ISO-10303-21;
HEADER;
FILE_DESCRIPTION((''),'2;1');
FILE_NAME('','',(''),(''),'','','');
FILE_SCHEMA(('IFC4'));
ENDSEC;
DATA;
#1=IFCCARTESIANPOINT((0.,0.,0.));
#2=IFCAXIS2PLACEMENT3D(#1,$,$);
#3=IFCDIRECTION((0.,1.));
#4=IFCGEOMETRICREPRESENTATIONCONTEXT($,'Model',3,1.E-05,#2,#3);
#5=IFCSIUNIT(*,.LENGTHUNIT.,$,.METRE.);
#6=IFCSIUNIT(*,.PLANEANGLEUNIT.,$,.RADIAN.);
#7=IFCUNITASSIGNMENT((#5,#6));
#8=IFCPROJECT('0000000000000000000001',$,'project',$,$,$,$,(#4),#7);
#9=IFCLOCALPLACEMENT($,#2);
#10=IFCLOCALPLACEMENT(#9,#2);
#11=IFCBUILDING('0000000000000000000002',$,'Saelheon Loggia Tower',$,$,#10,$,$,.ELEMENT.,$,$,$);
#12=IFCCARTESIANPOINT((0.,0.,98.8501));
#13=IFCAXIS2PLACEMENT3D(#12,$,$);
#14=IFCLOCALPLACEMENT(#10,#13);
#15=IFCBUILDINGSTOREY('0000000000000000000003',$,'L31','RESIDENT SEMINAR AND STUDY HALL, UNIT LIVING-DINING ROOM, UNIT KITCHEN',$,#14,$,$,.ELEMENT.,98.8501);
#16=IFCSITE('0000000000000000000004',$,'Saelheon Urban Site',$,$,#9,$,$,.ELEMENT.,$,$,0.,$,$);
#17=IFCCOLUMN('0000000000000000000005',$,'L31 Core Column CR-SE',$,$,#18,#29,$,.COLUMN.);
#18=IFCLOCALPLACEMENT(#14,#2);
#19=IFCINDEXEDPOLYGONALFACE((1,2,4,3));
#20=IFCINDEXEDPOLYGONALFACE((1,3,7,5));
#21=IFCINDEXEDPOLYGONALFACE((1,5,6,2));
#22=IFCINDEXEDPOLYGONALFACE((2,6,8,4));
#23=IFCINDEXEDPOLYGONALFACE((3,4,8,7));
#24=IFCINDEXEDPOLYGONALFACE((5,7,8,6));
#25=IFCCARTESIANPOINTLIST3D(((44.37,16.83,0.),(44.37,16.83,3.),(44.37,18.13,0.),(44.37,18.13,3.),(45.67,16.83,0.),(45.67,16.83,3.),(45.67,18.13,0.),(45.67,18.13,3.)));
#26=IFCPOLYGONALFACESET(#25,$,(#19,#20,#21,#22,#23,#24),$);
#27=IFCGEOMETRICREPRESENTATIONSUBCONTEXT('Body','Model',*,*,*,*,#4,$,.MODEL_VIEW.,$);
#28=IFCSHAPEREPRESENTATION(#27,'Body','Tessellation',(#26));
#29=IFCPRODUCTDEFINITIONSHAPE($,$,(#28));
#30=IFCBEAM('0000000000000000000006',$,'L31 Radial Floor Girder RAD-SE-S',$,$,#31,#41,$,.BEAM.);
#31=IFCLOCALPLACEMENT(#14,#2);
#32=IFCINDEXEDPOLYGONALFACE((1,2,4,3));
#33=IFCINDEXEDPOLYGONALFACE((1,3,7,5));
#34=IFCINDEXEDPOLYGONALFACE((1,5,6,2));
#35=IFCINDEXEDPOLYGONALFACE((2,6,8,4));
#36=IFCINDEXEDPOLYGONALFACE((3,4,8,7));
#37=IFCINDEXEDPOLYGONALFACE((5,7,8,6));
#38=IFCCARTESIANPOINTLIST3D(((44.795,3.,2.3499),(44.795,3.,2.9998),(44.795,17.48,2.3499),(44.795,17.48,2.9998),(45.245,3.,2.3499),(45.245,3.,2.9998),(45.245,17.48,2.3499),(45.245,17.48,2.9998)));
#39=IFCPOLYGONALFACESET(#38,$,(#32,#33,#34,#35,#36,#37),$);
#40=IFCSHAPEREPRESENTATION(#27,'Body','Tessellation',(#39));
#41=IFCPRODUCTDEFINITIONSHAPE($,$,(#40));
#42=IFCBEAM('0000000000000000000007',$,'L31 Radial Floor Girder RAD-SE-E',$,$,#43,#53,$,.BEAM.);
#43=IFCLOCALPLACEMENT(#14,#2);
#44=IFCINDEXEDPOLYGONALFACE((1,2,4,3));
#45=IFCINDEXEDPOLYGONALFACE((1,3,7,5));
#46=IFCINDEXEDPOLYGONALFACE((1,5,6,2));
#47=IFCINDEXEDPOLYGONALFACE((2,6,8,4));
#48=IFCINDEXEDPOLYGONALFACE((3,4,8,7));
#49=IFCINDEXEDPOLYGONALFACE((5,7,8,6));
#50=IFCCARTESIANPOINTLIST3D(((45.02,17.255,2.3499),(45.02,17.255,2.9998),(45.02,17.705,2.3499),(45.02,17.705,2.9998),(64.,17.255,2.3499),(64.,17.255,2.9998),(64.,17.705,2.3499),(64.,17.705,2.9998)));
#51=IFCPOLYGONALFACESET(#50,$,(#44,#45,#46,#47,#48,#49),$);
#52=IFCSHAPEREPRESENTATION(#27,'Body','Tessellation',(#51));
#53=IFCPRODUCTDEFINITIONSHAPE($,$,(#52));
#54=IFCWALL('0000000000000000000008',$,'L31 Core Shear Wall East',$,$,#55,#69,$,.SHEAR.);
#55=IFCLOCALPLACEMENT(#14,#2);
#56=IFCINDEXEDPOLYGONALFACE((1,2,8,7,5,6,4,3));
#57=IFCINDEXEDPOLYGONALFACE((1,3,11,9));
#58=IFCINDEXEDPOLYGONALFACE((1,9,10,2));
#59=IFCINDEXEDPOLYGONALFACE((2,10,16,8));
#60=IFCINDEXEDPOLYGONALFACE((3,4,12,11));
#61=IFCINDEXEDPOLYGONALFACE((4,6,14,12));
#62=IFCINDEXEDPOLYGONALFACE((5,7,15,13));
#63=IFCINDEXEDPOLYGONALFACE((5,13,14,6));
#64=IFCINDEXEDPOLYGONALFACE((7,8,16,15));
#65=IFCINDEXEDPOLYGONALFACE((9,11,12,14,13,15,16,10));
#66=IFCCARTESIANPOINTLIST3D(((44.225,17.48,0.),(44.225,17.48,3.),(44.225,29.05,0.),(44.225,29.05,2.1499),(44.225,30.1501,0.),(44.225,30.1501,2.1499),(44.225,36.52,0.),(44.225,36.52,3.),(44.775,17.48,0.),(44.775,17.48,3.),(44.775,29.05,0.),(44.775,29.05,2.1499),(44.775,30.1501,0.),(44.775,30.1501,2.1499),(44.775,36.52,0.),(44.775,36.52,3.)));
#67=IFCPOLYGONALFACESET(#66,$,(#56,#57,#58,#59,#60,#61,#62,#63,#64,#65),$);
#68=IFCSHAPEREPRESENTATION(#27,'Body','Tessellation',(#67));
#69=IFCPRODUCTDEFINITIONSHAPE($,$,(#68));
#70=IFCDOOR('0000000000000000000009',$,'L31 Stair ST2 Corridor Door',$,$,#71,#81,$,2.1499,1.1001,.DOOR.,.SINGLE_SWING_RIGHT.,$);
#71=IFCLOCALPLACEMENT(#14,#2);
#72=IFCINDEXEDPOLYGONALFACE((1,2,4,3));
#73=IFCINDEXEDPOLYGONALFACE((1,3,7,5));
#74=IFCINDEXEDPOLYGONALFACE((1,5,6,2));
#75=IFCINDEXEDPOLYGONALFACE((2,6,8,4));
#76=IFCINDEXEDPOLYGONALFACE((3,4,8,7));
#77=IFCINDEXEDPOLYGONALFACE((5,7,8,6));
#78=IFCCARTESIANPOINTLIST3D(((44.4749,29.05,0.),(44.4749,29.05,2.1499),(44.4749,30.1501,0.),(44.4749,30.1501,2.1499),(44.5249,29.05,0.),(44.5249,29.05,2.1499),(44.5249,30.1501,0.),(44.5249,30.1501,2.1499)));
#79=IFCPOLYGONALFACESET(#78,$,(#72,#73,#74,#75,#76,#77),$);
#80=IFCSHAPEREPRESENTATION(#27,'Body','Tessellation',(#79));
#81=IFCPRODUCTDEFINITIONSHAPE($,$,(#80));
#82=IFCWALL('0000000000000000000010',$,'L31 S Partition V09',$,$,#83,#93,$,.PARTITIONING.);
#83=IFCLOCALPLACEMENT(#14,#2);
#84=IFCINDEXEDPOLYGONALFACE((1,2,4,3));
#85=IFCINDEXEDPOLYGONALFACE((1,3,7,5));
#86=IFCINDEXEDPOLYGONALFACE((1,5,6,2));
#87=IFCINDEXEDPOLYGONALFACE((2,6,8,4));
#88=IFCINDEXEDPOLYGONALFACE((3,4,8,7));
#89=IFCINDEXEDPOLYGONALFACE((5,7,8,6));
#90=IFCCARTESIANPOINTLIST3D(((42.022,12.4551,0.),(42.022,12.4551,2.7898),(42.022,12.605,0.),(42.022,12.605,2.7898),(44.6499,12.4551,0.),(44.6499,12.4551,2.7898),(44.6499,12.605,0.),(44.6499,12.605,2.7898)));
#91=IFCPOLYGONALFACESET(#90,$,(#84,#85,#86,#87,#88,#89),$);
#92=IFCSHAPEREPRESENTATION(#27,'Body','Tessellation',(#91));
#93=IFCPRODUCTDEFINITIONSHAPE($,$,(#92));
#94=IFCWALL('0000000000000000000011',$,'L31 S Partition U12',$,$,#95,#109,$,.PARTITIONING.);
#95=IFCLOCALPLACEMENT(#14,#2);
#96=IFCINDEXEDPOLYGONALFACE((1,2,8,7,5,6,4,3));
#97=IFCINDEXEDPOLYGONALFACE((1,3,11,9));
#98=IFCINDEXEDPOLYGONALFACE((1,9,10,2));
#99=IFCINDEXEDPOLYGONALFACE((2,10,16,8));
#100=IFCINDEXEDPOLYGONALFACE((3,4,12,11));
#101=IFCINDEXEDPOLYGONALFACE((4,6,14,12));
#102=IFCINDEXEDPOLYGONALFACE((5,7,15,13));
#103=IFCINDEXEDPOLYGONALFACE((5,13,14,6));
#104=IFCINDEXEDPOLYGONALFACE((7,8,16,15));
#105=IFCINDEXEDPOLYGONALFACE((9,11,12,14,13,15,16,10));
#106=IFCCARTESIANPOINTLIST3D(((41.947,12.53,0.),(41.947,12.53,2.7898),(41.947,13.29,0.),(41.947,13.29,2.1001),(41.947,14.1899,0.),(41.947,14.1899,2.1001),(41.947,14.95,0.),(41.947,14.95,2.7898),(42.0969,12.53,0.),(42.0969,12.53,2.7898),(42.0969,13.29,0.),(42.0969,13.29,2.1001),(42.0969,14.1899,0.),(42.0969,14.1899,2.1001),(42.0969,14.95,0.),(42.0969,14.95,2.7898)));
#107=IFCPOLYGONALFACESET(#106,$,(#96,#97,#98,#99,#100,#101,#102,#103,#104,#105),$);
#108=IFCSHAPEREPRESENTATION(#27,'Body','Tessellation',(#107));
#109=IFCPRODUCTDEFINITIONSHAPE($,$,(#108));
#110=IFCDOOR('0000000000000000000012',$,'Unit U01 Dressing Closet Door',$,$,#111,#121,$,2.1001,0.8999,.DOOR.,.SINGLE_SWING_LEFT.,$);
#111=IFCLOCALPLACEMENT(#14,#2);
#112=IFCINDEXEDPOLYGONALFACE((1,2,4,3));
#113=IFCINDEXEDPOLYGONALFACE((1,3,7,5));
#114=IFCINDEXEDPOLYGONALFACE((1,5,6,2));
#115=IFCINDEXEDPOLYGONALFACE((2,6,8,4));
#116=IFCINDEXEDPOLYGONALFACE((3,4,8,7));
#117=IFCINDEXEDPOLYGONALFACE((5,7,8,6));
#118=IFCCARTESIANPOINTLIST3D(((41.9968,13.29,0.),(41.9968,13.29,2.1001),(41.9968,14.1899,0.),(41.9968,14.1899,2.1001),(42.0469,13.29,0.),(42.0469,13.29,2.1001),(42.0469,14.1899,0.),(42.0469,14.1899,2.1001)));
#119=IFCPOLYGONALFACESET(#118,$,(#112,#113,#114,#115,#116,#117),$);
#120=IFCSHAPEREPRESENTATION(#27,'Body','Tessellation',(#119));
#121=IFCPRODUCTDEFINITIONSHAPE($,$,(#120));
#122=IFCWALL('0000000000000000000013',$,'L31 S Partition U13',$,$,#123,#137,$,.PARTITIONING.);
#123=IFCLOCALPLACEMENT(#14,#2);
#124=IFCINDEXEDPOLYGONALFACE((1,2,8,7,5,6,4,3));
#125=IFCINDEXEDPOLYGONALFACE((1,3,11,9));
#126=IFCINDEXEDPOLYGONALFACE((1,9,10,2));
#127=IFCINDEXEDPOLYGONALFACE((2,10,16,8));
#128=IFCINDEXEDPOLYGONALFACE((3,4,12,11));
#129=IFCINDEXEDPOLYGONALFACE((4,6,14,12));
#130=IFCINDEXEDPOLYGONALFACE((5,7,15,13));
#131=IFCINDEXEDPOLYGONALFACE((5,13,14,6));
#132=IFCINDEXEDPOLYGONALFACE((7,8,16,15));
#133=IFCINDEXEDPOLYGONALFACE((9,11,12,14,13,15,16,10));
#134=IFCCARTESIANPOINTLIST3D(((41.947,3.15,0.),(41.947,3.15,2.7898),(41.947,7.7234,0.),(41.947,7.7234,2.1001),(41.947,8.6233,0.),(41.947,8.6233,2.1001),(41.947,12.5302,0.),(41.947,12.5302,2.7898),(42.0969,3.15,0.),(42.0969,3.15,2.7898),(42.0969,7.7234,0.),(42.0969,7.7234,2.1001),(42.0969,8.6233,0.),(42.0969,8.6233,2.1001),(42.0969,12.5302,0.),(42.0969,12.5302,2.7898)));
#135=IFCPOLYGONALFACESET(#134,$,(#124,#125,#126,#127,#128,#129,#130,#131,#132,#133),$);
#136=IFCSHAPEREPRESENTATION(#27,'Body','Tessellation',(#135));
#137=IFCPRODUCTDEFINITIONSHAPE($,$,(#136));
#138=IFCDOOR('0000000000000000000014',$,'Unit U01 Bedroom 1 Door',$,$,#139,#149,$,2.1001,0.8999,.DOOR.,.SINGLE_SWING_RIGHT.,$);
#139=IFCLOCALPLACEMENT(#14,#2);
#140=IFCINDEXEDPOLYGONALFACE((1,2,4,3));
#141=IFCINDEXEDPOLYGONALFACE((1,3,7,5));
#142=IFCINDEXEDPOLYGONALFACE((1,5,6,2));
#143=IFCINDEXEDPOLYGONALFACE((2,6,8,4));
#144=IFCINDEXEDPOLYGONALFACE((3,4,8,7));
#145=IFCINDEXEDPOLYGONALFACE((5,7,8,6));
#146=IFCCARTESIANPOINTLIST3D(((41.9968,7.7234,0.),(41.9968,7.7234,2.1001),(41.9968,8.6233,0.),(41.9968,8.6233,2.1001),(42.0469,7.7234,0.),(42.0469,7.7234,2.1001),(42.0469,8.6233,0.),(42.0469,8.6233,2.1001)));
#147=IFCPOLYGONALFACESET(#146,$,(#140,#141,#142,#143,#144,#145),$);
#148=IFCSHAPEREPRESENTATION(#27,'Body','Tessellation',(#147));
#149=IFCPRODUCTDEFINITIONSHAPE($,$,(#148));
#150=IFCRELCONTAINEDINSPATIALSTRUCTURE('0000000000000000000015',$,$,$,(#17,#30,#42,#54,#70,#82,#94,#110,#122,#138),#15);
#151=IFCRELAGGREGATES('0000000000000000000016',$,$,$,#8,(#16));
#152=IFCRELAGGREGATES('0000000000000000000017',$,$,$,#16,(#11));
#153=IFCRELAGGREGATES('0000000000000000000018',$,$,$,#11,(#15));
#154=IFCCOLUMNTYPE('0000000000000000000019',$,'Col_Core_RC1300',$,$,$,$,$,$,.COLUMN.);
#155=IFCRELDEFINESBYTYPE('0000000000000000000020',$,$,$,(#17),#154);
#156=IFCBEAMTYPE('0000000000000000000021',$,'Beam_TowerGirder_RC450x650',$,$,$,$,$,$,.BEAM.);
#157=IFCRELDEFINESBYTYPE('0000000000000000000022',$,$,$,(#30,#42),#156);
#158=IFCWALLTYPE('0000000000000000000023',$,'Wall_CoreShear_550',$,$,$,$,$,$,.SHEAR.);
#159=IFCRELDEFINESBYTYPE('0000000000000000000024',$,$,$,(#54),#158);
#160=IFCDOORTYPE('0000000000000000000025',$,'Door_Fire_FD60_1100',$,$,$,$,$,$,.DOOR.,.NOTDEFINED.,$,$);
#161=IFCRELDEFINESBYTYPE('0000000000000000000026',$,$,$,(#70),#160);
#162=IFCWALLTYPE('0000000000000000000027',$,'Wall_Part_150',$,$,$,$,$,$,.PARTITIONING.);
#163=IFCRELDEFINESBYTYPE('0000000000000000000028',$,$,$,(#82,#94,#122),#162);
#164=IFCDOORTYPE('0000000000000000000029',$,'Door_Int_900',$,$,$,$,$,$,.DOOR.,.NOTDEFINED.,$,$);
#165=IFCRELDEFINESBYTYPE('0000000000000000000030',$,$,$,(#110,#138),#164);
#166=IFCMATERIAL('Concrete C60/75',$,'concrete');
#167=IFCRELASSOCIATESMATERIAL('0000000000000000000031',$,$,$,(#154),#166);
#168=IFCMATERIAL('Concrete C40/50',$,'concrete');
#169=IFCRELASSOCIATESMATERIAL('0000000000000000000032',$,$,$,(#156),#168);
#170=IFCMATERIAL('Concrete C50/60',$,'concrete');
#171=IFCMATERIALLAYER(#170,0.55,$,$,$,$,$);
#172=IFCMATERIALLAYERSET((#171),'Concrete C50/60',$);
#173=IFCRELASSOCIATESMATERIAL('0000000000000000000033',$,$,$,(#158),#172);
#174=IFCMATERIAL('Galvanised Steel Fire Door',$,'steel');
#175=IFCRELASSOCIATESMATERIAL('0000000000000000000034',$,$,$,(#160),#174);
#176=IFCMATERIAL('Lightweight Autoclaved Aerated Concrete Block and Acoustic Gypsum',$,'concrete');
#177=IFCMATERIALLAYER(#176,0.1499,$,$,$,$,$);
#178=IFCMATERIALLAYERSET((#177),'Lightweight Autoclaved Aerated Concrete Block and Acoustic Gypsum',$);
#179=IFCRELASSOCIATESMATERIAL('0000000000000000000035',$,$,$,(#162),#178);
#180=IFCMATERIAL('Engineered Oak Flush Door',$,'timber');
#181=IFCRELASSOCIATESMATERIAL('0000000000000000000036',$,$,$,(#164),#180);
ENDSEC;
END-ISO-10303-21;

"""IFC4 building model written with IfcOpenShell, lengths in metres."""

from ifc_helpers import new_model, si_unit, direction, frame, frame_2d, origin, origin_2d, place, context, subcontext, project, spatial, rectangle, extrude, source, transform, mapped, material, layer, layer_set, material_profile, profile_set, type_object, element, fill, save


model = new_model("IFC4")

# Units and contexts
model_context = context("Model", 3, precision=1e-05, world=origin(), true_north=direction((0.0, 1.0)))
body_context = subcontext(model_context, "Body", "Model", "MODEL_VIEW")
ifc_project = project(units=[si_unit("LENGTHUNIT", "METRE"), si_unit("PLANEANGLEUNIT", "RADIAN")], contexts=[model_context])

# Site, building, storey
site_placement = place(None, origin())
site = spatial("IfcSite", under=ifc_project, at=site_placement, Name="Saelheon Urban Site", CompositionType="ELEMENT", RefElevation=0.0)
building_placement = place(site_placement, origin())
building = spatial("IfcBuilding", under=site, at=building_placement, Name="Saelheon Loggia Tower", CompositionType="ELEMENT")
storey_placement = place(building_placement, frame((0.0, 0.0, 98.8501)))
storey = spatial("IfcBuildingStorey", under=building, at=storey_placement, Name="L31", Description="RESIDENT SEMINAR AND STUDY HALL, UNIT LIVING-DINING ROOM, UNIT KITCHEN", CompositionType="ELEMENT", Elevation=98.8501)

# Column
ifc_material_1 = material(Name="Concrete C60/75", Category="concrete")
ifc_material_profile_1 = material_profile(ifc_material_1, rectangle(XDim=1.3, YDim=1.3, at=origin_2d()), Name="RC-1300x1300")
ifc_profile_set_1 = profile_set([ifc_material_profile_1], Name="Concrete C60/75")
column_type = type_object("IfcColumnType", Name="Col_Core_RC1300", PredefinedType="COLUMN", material=ifc_profile_set_1)
shared_shape_1 = source(origin(), body_context, "Body", "SweptSolid", [
    extrude(rectangle(XDim=1.3, YDim=1.3, at=origin_2d()), origin(), (0.0, 0.0, 1.0), 3.0),
])
column_placement = place(storey_placement, frame((45.02, 17.48, 0.0), z_axis=(0.0, 0.0, 1.0), x_axis=(1.0, 0.0, 0.0)))
element("IfcColumn", 1, at=column_placement, inside=storey, type_object=column_type, Name="L31 Core Column CR-SE", PredefinedType="COLUMN", context=body_context, shape_type="MappedRepresentation", body=[
    mapped(shared_shape_1, transform((0.0, 0.0, 0.0), scale=1.0)),
])

# Beams
ifc_material_2 = material(Name="Concrete C40/50", Category="concrete")
ifc_material_profile_2 = material_profile(ifc_material_2, rectangle(XDim=0.45, YDim=0.6499, at=origin_2d()), Name="RC-450x650")
ifc_profile_set_2 = profile_set([ifc_material_profile_2], Name="Concrete C40/50")
beam_type = type_object("IfcBeamType", Name="Beam_TowerGirder_RC450x650", PredefinedType="BEAM", material=ifc_profile_set_2)
shared_shape_2 = source(origin(), body_context, "Body", "SweptSolid", [
    extrude(rectangle(XDim=0.45, YDim=0.6499, at=origin_2d()), origin(), (0.0, 0.0, 1.0), 14.48),
])
beam_1_placement = place(storey_placement, frame((45.02, 17.48, 2.6748), z_axis=(0.0, -1.0, 0.0), x_axis=(1.0, 0.0, 0.0)))
element("IfcBeam", 2, at=beam_1_placement, inside=storey, type_object=beam_type, Name="L31 Radial Floor Girder RAD-SE-S", PredefinedType="BEAM", context=body_context, shape_type="MappedRepresentation", body=[
    mapped(shared_shape_2, transform((0.0, 0.0, 0.0), scale=1.0)),
])
shared_shape_3 = source(origin(), body_context, "Body", "SweptSolid", [
    extrude(rectangle(XDim=0.45, YDim=0.6499, at=origin_2d()), origin(), (0.0, 0.0, 1.0), 18.98),
])
beam_2_placement = place(storey_placement, frame((45.02, 17.48, 2.6748), z_axis=(1.0, 0.0, 0.0), x_axis=(0.0, 1.0, 0.0)))
element("IfcBeam", 3, at=beam_2_placement, inside=storey, type_object=beam_type, Name="L31 Radial Floor Girder RAD-SE-E", PredefinedType="BEAM", context=body_context, shape_type="MappedRepresentation", body=[
    mapped(shared_shape_3, transform((0.0, 0.0, 0.0), scale=1.0)),
])

# Wall, opening, door
ifc_material_3 = material(Name="Concrete C50/60", Category="concrete")
ifc_layer_1 = layer(ifc_material_3, 0.55)
ifc_layer_set_1 = layer_set([ifc_layer_1], Name="Concrete C50/60")
wall_type_1 = type_object("IfcWallType", Name="Wall_CoreShear_550", PredefinedType="SHEAR", material=ifc_layer_set_1)
wall_1_placement = place(storey_placement, frame((44.5, 17.48, 0.0), z_axis=(0.0, 0.0, 1.0), x_axis=(0.0, 1.0, 0.0)))
wall_1 = element("IfcWall", 4, at=wall_1_placement, inside=storey, type_object=wall_type_1, Name="L31 Core Shear Wall East", PredefinedType="SHEAR", context=body_context, shape_type="SweptSolid", body=[
    extrude(rectangle(XDim=19.04, YDim=0.55, at=frame_2d((9.52, 0.0))), origin(), (0.0, 0.0, 1.0), 3.0),
])
opening_1_placement = place(wall_1_placement, frame((12.6702, 0.0, 0.0), z_axis=(0.0, 0.0, 1.0), x_axis=(-1.0, 0.0, 0.0)))
opening_1 = element("IfcOpeningElement", 5, at=opening_1_placement, cuts=wall_1, PredefinedType="OPENING", context=body_context, shape_type="SweptSolid", body=[
    extrude(rectangle(XDim=1.1001, YDim=2.1499, at=frame_2d((0.55, 1.075))), frame((0.0, 0.2871, 0.0), z_axis=(0.0, -1.0, 0.0), x_axis=(1.0, 0.0, 0.0)), (0.0, 0.0, 1.0), 0.574),
])
ifc_material_4 = material(Name="Galvanised Steel Fire Door", Category="steel")
door_type_1 = type_object("IfcDoorType", Name="Door_Fire_FD60_1100", OperationType="NOTDEFINED", PredefinedType="DOOR", material=ifc_material_4)
shared_shape_4 = source(origin(), body_context, "Body", "SweptSolid", [
    extrude(rectangle(XDim=1.1001, YDim=2.1499, at=frame_2d((0.55, 1.075))), frame((0.0, 0.0249, 0.0), z_axis=(0.0, -1.0, 0.0), x_axis=(1.0, 0.0, 0.0)), (0.0, 0.0, 1.0), 0.05),
])
door_1_placement = place(opening_1_placement, origin())
door_1 = element("IfcDoor", 6, at=door_1_placement, inside=storey, type_object=door_type_1, Name="L31 Stair ST2 Corridor Door", OperationType="SINGLE_SWING_RIGHT", OverallHeight=2.1499, OverallWidth=1.1001, PredefinedType="DOOR", context=body_context, shape_type="MappedRepresentation", body=[
    mapped(shared_shape_4, transform((0.0, 0.0, 0.0), scale=1.0)),
])
fill(opening_1, door_1)

# Wall
ifc_material_5 = material(Name="Lightweight Autoclaved Aerated Concrete Block and Acoustic Gypsum", Category="concrete")
ifc_layer_2 = layer(ifc_material_5, 0.1499)
ifc_layer_set_2 = layer_set([ifc_layer_2], Name="Lightweight Autoclaved Aerated Concrete Block and Acoustic Gypsum")
wall_type_2 = type_object("IfcWallType", Name="Wall_Part_150", PredefinedType="PARTITIONING", material=ifc_layer_set_2)
wall_2_placement = place(storey_placement, frame((42.022, 12.53, 0.0), z_axis=(0.0, 0.0, 1.0), x_axis=(1.0, 0.0, 0.0)))
element("IfcWall", 7, at=wall_2_placement, inside=storey, type_object=wall_type_2, Name="L31 S Partition V09", PredefinedType="PARTITIONING", context=body_context, shape_type="SweptSolid", body=[
    extrude(rectangle(XDim=2.6279, YDim=0.1499, at=frame_2d((1.314, 0.0))), origin(), (0.0, 0.0, 1.0), 2.7898),
])

# Walls, openings, doors
wall_3_placement = place(storey_placement, frame((42.022, 14.95, 0.0), z_axis=(0.0, 0.0, 1.0), x_axis=(0.0, -1.0, 0.0)))
wall_3 = element("IfcWall", 8, at=wall_3_placement, inside=storey, type_object=wall_type_2, Name="L31 S Partition U12", PredefinedType="PARTITIONING", context=body_context, shape_type="SweptSolid", body=[
    extrude(rectangle(XDim=2.4199, YDim=0.1499, at=frame_2d((1.21, 0.0))), origin(), (0.0, 0.0, 1.0), 2.7898),
])
opening_2_placement = place(wall_3_placement, frame((0.76, 0.0, 0.0)))
opening_2 = element("IfcOpeningElement", 9, at=opening_2_placement, cuts=wall_3, PredefinedType="OPENING", context=body_context, shape_type="SweptSolid", body=[
    extrude(rectangle(XDim=0.8999, YDim=2.1001, at=frame_2d((0.45, 1.05))), frame((0.0, 0.0869, 0.0), z_axis=(0.0, -1.0, 0.0), x_axis=(1.0, 0.0, 0.0)), (0.0, 0.0, 1.0), 0.1738),
])
ifc_material_6 = material(Name="Engineered Oak Flush Door", Category="timber")
door_type_2 = type_object("IfcDoorType", Name="Door_Int_900", OperationType="NOTDEFINED", PredefinedType="DOOR", material=ifc_material_6)
shared_shape_5 = source(origin(), body_context, "Body", "SweptSolid", [
    extrude(rectangle(XDim=0.8999, YDim=2.1001, at=frame_2d((0.45, 1.05))), frame((0.0, 0.0249, 0.0), z_axis=(0.0, -1.0, 0.0), x_axis=(1.0, 0.0, 0.0)), (0.0, 0.0, 1.0), 0.05),
])
door_2_placement = place(opening_2_placement, origin())
door_2 = element("IfcDoor", 10, at=door_2_placement, inside=storey, type_object=door_type_2, Name="Unit U01 Dressing Closet Door", OperationType="SINGLE_SWING_LEFT", OverallHeight=2.1001, OverallWidth=0.8999, PredefinedType="DOOR", context=body_context, shape_type="MappedRepresentation", body=[
    mapped(shared_shape_5, transform((0.0, 0.0, 0.0), scale=1.0)),
])
fill(opening_2, door_2)
wall_4_placement = place(storey_placement, frame((42.022, 12.53, 0.0), z_axis=(0.0, 0.0, 1.0), x_axis=(0.0, -1.0, 0.0)))
wall_4 = element("IfcWall", 11, at=wall_4_placement, inside=storey, type_object=wall_type_2, Name="L31 S Partition U13", PredefinedType="PARTITIONING", context=body_context, shape_type="SweptSolid", body=[
    extrude(rectangle(XDim=9.3801, YDim=0.1499, at=frame_2d((4.6899, 0.0))), origin(), (0.0, 0.0, 1.0), 2.7898),
])
opening_3_placement = place(wall_4_placement, frame((3.9067, 0.0, 0.0)))
opening_3 = element("IfcOpeningElement", 12, at=opening_3_placement, cuts=wall_4, PredefinedType="OPENING", context=body_context, shape_type="SweptSolid", body=[
    extrude(rectangle(XDim=0.8999, YDim=2.1001, at=frame_2d((0.45, 1.05))), frame((0.0, 0.0869, 0.0), z_axis=(0.0, -1.0, 0.0), x_axis=(1.0, 0.0, 0.0)), (0.0, 0.0, 1.0), 0.1738),
])
door_3_placement = place(opening_3_placement, origin())
door_3 = element("IfcDoor", 13, at=door_3_placement, inside=storey, type_object=door_type_2, Name="Unit U01 Bedroom 1 Door", OperationType="SINGLE_SWING_RIGHT", OverallHeight=2.1001, OverallWidth=0.8999, PredefinedType="DOOR", context=body_context, shape_type="MappedRepresentation", body=[
    mapped(shared_shape_5, transform((0.0, 0.0, 0.0), scale=1.0)),
])
fill(opening_3, door_3)

save(model, "model.ifc")
